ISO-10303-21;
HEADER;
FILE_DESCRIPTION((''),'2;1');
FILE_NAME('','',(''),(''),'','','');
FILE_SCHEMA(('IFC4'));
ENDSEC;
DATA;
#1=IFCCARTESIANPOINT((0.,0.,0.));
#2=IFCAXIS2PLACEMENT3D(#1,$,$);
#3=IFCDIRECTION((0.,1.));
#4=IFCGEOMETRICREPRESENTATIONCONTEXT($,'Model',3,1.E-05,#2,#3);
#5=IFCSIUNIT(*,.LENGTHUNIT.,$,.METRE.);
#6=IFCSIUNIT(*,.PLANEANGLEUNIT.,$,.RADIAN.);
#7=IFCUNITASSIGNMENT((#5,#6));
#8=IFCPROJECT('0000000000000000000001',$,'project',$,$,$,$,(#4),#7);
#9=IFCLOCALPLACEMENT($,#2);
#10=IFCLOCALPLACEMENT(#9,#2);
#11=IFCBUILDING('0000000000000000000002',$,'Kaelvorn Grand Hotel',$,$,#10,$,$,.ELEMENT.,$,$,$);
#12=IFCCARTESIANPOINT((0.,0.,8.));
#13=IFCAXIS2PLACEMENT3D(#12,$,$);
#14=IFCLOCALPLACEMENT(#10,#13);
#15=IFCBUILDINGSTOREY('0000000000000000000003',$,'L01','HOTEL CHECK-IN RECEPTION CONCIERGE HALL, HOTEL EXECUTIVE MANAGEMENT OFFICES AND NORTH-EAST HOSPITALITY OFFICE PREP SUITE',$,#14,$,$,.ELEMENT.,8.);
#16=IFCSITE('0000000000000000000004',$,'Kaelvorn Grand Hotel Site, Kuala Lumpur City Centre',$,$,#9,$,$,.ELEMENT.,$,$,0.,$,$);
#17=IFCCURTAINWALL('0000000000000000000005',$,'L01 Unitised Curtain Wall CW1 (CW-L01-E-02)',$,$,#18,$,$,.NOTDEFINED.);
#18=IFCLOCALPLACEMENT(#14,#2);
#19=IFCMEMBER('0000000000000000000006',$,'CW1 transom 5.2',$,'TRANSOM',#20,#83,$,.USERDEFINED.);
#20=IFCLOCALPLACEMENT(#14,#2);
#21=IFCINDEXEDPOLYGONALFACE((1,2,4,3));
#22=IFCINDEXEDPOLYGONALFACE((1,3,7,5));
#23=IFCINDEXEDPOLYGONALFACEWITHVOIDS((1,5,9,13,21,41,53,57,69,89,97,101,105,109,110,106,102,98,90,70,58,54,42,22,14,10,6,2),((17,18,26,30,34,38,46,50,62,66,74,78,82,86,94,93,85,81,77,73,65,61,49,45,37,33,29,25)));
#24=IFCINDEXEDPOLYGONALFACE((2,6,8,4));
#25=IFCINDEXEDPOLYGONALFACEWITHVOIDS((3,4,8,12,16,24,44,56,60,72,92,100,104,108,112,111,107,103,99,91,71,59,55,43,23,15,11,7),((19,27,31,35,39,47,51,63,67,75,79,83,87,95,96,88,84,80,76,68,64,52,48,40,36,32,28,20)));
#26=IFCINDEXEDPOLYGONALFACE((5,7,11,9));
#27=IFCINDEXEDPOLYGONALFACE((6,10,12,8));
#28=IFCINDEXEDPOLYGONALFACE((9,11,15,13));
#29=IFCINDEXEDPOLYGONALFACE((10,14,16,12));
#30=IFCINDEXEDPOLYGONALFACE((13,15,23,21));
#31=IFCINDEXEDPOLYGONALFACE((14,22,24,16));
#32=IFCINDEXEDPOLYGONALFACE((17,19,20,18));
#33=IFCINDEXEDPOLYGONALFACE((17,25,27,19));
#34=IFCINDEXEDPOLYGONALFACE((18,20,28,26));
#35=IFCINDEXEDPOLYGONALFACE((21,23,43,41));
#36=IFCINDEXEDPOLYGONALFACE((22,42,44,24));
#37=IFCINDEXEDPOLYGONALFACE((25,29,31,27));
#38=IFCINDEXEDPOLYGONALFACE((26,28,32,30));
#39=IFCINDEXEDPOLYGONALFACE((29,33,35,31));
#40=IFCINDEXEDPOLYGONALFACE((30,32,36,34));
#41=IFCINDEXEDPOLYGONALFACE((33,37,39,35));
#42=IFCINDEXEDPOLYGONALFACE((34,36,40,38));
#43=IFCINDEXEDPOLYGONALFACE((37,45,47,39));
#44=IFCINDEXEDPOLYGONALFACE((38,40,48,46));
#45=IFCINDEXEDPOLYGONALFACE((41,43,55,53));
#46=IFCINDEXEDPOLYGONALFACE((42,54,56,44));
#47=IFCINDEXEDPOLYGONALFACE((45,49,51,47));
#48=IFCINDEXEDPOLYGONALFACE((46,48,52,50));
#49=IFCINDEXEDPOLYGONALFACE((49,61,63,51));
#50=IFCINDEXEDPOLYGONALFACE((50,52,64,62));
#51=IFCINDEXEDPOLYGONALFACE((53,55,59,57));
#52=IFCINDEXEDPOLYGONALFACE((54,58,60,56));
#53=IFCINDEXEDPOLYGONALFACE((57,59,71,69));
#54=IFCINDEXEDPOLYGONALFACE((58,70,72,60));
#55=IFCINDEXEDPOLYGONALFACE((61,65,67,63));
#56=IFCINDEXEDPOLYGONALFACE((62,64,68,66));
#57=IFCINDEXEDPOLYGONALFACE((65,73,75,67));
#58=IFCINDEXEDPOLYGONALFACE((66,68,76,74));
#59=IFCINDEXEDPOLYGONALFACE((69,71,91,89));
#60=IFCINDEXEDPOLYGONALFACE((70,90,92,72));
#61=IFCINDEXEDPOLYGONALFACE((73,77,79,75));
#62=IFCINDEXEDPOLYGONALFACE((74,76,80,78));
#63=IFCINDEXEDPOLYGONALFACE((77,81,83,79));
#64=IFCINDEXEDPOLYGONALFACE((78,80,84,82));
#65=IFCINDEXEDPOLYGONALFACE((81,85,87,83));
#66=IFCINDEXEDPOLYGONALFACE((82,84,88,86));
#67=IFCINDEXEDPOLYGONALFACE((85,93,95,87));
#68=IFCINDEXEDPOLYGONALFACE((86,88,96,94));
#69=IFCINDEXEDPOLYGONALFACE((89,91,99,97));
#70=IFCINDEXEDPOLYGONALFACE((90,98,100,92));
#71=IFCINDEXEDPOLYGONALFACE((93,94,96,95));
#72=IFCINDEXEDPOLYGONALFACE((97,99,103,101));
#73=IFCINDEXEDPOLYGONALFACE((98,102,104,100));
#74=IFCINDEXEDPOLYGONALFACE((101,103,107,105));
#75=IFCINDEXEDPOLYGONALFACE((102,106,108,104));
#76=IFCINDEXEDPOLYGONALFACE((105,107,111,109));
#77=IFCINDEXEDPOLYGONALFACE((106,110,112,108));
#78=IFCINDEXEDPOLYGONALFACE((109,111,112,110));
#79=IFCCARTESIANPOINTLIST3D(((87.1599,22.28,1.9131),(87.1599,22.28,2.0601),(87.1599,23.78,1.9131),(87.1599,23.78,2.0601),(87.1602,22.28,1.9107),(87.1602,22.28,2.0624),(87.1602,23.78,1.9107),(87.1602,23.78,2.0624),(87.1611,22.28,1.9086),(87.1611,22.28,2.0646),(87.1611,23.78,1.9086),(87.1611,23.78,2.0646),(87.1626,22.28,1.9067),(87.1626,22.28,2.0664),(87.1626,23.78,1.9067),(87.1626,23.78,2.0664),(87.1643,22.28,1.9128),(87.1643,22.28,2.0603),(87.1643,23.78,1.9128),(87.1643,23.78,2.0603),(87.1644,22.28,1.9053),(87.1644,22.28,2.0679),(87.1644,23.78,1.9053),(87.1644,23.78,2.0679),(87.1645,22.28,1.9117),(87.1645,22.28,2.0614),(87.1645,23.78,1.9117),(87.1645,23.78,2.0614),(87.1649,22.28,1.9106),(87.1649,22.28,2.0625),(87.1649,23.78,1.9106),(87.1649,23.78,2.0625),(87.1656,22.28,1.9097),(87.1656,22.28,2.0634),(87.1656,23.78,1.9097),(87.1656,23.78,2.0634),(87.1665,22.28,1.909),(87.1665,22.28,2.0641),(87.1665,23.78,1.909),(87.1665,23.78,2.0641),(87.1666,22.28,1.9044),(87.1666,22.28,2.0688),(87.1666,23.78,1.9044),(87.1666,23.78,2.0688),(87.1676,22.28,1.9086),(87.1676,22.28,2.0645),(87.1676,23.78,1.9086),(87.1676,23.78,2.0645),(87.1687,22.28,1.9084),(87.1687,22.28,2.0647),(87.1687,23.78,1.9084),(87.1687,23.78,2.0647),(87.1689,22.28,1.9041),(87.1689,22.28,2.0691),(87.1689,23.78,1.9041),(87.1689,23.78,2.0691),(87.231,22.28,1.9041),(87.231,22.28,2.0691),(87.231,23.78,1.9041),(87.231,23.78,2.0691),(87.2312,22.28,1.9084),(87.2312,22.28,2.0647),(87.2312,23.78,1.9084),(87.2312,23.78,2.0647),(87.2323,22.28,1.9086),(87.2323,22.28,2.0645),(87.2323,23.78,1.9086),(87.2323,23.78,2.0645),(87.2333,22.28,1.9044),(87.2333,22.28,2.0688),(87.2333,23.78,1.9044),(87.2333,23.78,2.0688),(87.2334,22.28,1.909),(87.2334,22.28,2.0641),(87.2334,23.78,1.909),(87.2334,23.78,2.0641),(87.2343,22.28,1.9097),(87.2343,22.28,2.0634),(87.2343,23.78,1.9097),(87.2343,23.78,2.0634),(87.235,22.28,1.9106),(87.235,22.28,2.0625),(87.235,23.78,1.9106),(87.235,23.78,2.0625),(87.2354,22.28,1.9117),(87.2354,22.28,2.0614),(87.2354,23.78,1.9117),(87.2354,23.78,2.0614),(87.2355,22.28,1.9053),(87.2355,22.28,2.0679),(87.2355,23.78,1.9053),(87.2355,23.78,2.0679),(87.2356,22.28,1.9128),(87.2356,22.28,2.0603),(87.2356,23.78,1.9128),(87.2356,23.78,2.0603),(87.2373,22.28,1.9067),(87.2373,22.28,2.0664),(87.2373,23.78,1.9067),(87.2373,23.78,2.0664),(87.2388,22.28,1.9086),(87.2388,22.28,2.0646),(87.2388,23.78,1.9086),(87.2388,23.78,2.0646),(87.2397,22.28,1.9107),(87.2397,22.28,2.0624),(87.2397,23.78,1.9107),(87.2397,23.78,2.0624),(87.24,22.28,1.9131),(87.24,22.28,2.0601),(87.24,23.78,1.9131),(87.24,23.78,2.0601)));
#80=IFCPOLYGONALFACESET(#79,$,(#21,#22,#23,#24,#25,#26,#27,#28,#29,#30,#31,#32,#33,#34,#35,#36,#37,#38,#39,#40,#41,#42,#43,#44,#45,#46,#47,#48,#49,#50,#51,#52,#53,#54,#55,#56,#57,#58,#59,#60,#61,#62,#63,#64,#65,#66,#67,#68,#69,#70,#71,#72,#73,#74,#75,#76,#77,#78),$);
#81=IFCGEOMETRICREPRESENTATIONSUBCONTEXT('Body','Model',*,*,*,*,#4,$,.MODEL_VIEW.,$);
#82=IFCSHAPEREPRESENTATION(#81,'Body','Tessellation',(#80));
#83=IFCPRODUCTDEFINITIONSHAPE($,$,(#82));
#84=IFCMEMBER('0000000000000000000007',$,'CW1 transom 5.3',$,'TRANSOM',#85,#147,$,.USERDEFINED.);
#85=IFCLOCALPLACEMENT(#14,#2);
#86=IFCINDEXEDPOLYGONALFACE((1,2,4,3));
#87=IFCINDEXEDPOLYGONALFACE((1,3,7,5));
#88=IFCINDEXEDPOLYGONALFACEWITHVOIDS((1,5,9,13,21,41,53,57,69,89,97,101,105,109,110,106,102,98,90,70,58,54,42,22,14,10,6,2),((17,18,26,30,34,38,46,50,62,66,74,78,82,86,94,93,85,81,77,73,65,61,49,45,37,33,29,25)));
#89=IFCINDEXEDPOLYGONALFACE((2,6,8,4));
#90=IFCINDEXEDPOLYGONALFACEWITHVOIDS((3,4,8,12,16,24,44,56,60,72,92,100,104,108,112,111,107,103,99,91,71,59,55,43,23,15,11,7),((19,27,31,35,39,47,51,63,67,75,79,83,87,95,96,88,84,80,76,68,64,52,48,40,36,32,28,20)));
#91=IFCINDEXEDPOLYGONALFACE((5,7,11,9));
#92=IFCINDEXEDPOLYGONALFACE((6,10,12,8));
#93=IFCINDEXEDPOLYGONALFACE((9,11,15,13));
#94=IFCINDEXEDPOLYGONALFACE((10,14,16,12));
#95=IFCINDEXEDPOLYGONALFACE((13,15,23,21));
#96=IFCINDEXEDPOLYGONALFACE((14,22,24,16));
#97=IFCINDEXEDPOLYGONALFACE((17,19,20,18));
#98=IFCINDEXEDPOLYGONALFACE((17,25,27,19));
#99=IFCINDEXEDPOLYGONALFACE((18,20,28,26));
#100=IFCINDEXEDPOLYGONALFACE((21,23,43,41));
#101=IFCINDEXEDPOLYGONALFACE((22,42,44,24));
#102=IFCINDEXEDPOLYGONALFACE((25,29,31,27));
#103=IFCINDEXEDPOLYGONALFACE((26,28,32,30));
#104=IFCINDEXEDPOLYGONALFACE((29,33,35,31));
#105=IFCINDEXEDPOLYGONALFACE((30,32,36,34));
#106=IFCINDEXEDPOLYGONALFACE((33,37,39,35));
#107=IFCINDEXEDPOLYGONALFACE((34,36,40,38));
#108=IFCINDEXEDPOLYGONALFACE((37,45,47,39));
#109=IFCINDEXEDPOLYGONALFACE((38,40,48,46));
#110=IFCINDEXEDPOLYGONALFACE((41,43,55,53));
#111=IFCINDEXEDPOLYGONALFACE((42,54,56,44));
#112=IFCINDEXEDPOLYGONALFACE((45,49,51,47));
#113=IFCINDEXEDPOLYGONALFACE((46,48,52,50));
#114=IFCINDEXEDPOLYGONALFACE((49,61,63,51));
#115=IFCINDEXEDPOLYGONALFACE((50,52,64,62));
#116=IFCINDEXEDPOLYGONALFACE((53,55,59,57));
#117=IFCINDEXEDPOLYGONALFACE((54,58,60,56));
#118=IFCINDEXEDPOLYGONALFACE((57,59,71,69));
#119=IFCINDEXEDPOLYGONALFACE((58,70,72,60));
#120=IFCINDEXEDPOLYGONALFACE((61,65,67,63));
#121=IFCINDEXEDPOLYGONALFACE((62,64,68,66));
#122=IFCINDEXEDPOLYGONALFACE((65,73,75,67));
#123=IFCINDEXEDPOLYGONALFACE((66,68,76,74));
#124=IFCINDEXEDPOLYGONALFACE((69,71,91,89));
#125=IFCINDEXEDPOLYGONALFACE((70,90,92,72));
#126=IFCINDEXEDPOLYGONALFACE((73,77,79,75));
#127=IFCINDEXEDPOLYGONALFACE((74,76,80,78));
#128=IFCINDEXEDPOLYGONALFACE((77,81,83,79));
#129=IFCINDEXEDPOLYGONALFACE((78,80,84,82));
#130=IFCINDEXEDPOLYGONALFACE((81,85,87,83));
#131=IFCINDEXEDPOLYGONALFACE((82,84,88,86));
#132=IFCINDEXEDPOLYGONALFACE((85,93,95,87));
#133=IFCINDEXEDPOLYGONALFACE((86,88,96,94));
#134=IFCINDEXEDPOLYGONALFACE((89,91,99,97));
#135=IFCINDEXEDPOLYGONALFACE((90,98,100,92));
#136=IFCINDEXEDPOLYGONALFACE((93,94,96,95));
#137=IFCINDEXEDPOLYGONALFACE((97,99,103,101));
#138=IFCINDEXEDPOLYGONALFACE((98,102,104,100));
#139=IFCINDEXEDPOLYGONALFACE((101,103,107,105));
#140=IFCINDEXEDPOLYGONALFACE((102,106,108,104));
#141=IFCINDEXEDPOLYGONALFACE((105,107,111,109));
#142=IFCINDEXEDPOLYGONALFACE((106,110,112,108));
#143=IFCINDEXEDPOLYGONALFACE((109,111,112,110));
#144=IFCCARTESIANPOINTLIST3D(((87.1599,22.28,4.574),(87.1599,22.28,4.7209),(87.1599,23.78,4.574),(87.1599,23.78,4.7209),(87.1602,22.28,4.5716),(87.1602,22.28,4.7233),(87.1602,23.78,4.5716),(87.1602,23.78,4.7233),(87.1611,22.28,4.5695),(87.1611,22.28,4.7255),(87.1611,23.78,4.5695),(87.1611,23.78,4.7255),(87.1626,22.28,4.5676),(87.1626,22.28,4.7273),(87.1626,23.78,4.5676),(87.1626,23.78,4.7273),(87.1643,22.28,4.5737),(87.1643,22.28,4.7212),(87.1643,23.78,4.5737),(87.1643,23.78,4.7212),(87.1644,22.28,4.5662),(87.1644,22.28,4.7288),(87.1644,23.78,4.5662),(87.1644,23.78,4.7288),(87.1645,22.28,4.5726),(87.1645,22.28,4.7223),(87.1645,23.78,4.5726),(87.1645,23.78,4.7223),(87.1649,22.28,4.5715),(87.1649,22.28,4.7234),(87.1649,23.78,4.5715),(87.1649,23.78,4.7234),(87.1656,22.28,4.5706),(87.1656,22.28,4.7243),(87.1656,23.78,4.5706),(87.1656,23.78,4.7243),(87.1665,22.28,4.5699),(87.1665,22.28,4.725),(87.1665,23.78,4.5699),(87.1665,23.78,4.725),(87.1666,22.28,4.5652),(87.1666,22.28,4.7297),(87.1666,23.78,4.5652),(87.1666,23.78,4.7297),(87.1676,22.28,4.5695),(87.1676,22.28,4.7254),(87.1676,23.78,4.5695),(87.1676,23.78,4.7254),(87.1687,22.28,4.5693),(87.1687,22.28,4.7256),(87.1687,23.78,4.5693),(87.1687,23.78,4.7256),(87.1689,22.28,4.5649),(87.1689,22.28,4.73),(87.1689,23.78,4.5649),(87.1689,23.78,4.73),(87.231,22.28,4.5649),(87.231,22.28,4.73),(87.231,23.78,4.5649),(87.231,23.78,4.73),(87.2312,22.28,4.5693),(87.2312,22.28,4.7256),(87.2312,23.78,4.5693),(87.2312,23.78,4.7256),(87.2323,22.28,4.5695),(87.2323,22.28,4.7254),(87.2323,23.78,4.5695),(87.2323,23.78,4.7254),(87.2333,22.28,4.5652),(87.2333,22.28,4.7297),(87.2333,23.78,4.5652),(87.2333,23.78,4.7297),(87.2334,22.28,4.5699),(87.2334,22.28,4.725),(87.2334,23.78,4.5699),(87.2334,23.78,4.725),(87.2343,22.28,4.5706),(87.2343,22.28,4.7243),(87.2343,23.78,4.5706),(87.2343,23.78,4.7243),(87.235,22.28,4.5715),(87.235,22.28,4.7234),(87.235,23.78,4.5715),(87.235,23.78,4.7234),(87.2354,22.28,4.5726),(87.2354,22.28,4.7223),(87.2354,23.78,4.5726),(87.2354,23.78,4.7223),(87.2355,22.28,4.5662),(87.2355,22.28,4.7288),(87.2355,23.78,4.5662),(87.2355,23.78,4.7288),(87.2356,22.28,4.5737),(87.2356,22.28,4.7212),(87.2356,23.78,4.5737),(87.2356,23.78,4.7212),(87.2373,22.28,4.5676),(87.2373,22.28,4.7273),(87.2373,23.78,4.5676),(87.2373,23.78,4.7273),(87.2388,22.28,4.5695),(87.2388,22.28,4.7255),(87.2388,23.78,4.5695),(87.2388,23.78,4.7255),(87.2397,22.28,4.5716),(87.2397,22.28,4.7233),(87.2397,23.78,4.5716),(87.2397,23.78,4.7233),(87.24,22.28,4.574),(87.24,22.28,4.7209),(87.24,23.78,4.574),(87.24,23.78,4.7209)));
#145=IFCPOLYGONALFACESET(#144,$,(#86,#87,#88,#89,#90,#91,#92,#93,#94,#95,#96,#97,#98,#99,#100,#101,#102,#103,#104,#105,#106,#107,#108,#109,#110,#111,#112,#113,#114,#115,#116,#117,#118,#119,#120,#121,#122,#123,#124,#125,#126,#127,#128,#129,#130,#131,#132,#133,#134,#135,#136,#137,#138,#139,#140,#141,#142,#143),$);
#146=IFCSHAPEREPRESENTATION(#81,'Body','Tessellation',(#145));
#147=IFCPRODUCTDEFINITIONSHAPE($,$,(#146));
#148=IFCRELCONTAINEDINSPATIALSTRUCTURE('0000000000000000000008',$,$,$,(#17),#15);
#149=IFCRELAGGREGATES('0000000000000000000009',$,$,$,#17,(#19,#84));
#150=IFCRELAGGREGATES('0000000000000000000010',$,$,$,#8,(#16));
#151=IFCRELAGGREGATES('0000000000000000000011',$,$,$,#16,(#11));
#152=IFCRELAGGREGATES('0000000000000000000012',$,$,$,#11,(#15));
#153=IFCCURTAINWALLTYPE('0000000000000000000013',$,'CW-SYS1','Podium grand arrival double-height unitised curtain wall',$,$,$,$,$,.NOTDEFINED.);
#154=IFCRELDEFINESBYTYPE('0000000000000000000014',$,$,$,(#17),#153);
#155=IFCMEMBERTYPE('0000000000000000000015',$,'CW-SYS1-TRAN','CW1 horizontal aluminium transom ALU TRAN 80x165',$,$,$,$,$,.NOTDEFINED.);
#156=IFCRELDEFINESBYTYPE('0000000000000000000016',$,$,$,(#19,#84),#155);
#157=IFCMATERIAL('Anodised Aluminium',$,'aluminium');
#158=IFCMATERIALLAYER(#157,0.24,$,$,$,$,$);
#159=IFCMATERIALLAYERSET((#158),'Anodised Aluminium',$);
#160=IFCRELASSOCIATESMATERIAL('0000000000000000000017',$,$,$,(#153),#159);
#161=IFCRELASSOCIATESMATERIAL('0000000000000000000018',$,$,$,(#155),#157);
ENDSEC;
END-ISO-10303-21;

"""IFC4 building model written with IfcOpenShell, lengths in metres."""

from ifc_helpers import new_model, si_unit, direction, frame, origin, origin_2d, place, context, subcontext, project, spatial, hollow_rectangle, extrude, material, layer, layer_set, material_profile, profile_set, type_object, element, aggregate, save


model = new_model("IFC4")

# Units and contexts
model_context = context("Model", 3, precision=1e-05, world=origin(), true_north=direction((0.0, 1.0)))
body_context = subcontext(model_context, "Body", "Model", "MODEL_VIEW")
ifc_project = project(units=[si_unit("LENGTHUNIT", "METRE"), si_unit("PLANEANGLEUNIT", "RADIAN")], contexts=[model_context])

# Site, building, storey
site_placement = place(None, origin())
site = spatial("IfcSite", under=ifc_project, at=site_placement, Name="Kaelvorn Grand Hotel Site, Kuala Lumpur City Centre", CompositionType="ELEMENT", RefElevation=0.0)
building_placement = place(site_placement, origin())
building = spatial("IfcBuilding", under=site, at=building_placement, Name="Kaelvorn Grand Hotel", CompositionType="ELEMENT")
storey_placement = place(building_placement, frame((0.0, 0.0, 8.0)))
storey = spatial("IfcBuildingStorey", under=building, at=storey_placement, Name="L01", Description="HOTEL CHECK-IN RECEPTION CONCIERGE HALL, HOTEL EXECUTIVE MANAGEMENT OFFICES AND NORTH-EAST HOSPITALITY OFFICE PREP SUITE", CompositionType="ELEMENT", Elevation=8.0)

# Curtain wall, members
ifc_material_1 = material(Name="Anodised Aluminium", Category="aluminium")
ifc_layer_1 = layer(ifc_material_1, 0.24)
ifc_layer_set_1 = layer_set([ifc_layer_1], Name="Anodised Aluminium")
curtain_wall_type = type_object("IfcCurtainWallType", Name="CW-SYS1", Description="Podium grand arrival double-height unitised curtain wall", PredefinedType="NOTDEFINED", material=ifc_layer_set_1)
curtain_wall_placement = place(storey_placement, origin())
curtain_wall = element("IfcCurtainWall", 1, at=curtain_wall_placement, inside=storey, type_object=curtain_wall_type, Name="L01 Unitised Curtain Wall CW1 (CW-L01-E-02)", PredefinedType="NOTDEFINED")
ifc_material_profile_1 = material_profile(ifc_material_1, hollow_rectangle(XDim=0.0801, YDim=0.165, WallThickness=0.0044, InnerFilletRadius=0.0044, OuterFilletRadius=0.009, at=origin_2d()), Name="ALU TRAN 80x165")
ifc_profile_set_1 = profile_set([ifc_material_profile_1], Name="Anodised Aluminium")
member_type_1 = type_object("IfcMemberType", Name="CW-SYS1-TRAN", Description="CW1 horizontal aluminium transom ALU TRAN 80x165", PredefinedType="NOTDEFINED", material=ifc_profile_set_1)
member_1_placement = place(storey_placement, frame((87.2, 22.28, 1.9866), z_axis=(0.0, 1.0, 0.0), x_axis=(-1.0, 0.0, 0.0)))
member_1 = element("IfcMember", 2, at=member_1_placement, type_object=member_type_1, Name="CW1 transom 5.2", ObjectType="TRANSOM", PredefinedType="USERDEFINED", context=body_context, shape_type="SweptSolid", body=[
    extrude(hollow_rectangle(XDim=0.0801, YDim=0.165, WallThickness=0.0044, InnerFilletRadius=0.0044, OuterFilletRadius=0.009, at=origin_2d()), origin(), (0.0, 0.0, 1.0), 1.5),
])
member_2_placement = place(storey_placement, frame((87.2, 22.28, 4.6475), z_axis=(0.0, 1.0, 0.0), x_axis=(-1.0, 0.0, 0.0)))
member_2 = element("IfcMember", 3, at=member_2_placement, type_object=member_type_1, Name="CW1 transom 5.3", ObjectType="TRANSOM", PredefinedType="USERDEFINED", context=body_context, shape_type="SweptSolid", body=[
    extrude(hollow_rectangle(XDim=0.0801, YDim=0.165, WallThickness=0.0044, InnerFilletRadius=0.0044, OuterFilletRadius=0.009, at=origin_2d()), origin(), (0.0, 0.0, 1.0), 1.5),
])
aggregate(curtain_wall, [member_1, member_2])

save(model, "model.ifc")
